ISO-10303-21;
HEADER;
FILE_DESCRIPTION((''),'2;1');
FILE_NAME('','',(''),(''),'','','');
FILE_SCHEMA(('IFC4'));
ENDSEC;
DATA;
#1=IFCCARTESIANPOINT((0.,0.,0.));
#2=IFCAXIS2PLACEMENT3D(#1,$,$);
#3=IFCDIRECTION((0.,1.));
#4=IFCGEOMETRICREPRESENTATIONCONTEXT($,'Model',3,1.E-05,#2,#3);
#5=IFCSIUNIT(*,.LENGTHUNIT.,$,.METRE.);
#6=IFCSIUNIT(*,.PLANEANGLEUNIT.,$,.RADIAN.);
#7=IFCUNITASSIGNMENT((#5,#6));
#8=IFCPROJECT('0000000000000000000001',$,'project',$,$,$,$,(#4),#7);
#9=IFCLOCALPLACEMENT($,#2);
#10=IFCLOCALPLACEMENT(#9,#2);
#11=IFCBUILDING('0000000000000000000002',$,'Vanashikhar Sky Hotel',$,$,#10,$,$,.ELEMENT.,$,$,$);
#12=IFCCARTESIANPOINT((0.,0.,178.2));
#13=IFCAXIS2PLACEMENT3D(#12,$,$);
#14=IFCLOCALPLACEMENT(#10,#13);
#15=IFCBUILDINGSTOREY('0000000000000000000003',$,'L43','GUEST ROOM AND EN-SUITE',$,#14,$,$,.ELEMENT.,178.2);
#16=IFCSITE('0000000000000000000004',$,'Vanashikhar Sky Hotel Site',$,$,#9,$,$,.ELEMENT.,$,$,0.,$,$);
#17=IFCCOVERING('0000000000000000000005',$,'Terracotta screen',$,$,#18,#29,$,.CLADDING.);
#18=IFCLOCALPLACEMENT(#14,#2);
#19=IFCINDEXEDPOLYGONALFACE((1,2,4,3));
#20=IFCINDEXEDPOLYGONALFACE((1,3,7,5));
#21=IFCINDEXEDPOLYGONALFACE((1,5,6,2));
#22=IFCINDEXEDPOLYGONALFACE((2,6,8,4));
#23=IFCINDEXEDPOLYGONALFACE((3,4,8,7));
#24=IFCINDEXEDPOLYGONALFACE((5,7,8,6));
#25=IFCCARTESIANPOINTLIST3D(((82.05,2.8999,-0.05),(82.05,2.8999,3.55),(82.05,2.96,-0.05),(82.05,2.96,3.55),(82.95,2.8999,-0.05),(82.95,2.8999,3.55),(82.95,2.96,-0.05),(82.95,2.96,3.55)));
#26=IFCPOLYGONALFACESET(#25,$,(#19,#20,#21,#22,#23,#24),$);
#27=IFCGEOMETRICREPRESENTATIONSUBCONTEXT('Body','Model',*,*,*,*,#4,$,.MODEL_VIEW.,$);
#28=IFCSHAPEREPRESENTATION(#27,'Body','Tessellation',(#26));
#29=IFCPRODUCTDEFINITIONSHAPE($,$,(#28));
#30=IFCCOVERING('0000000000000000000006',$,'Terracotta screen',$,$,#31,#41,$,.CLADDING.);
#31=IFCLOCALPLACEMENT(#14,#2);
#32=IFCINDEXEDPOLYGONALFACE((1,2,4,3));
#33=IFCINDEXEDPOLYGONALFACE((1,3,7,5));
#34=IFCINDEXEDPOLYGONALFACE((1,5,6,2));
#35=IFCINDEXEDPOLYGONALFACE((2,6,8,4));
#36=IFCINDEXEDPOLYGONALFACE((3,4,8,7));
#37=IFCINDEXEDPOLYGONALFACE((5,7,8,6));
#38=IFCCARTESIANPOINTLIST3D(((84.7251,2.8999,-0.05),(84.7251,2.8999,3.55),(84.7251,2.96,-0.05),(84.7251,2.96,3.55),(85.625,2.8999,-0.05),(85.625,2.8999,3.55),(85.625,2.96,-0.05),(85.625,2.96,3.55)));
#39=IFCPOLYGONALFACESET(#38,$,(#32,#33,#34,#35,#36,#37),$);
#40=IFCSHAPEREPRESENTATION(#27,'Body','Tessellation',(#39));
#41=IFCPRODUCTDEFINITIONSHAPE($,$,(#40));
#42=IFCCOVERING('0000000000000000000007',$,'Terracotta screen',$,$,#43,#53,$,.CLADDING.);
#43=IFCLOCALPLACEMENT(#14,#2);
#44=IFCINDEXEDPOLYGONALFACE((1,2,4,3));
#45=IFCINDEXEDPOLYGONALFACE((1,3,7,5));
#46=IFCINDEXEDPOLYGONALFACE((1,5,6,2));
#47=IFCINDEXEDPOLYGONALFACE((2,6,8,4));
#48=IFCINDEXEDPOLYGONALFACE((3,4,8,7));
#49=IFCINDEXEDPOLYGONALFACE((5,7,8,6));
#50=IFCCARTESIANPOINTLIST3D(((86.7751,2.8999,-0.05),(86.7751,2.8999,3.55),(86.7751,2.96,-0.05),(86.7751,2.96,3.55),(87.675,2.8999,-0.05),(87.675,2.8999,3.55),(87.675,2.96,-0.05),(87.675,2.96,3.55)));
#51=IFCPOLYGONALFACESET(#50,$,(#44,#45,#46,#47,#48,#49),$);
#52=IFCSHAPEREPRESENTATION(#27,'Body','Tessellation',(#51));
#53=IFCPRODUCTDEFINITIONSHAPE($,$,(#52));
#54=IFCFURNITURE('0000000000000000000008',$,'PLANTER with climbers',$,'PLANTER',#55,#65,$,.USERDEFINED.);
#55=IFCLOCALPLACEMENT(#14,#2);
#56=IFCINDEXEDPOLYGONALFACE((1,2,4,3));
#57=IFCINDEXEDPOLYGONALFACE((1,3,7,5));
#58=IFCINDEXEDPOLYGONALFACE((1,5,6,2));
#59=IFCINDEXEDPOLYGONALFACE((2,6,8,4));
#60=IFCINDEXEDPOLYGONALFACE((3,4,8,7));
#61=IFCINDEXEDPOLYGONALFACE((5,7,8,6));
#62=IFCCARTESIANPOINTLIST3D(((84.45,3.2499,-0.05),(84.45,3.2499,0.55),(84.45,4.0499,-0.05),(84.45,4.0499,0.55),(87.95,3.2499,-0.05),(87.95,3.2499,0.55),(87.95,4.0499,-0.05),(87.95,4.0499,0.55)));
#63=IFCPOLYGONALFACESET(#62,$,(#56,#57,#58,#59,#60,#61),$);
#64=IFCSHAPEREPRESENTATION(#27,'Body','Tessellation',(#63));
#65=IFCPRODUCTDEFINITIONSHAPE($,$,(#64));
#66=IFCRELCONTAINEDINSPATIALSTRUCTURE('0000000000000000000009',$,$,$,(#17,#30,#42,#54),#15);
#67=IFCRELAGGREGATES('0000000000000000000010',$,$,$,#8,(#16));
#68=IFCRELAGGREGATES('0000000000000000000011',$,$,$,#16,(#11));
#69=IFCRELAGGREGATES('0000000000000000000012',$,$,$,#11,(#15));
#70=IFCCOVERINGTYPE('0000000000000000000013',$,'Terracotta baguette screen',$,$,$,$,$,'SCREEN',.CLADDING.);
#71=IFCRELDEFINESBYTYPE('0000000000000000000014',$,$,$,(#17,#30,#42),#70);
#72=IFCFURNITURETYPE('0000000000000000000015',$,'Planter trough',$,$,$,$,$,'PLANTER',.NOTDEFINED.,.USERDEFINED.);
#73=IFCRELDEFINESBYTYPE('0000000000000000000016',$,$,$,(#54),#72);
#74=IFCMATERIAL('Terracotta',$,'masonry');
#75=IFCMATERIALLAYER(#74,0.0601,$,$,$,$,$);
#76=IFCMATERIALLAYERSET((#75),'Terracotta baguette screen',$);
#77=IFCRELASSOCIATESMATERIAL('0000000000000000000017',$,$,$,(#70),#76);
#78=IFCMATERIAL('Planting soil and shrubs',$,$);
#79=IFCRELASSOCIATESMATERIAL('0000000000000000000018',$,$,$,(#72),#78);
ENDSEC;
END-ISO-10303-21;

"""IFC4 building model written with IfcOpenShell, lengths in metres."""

from ifc_helpers import new_model, si_unit, direction, frame, origin, origin_2d, place, context, subcontext, project, spatial, rectangle, extrude, source, transform, mapped, material, layer, layer_set, type_object, element, save


model = new_model("IFC4")

# Units and contexts
model_context = context("Model", 3, precision=1e-05, world=origin(), true_north=direction((0.0, 1.0)))
body_context = subcontext(model_context, "Body", "Model", "MODEL_VIEW")
ifc_project = project(units=[si_unit("LENGTHUNIT", "METRE"), si_unit("PLANEANGLEUNIT", "RADIAN")], contexts=[model_context])

# Site, building, storey
site_placement = place(None, origin())
site = spatial("IfcSite", under=ifc_project, at=site_placement, Name="Vanashikhar Sky Hotel Site", CompositionType="ELEMENT", RefElevation=0.0)
building_placement = place(site_placement, origin())
building = spatial("IfcBuilding", under=site, at=building_placement, Name="Vanashikhar Sky Hotel", CompositionType="ELEMENT")
storey_placement = place(building_placement, frame((0.0, 0.0, 178.2)))
storey = spatial("IfcBuildingStorey", under=building, at=storey_placement, Name="L43", Description="GUEST ROOM AND EN-SUITE", CompositionType="ELEMENT", Elevation=178.2)

# Coverings
ifc_material_1 = material(Name="Terracotta", Category="masonry")
ifc_layer_1 = layer(ifc_material_1, 0.0601)
ifc_layer_set_1 = layer_set([ifc_layer_1], Name="Terracotta baguette screen")
covering_type = type_object("IfcCoveringType", Name="Terracotta baguette screen", ElementType="SCREEN", PredefinedType="CLADDING", material=ifc_layer_set_1)
shared_shape_1 = source(origin(), body_context, "Body", "SweptSolid", [
    extrude(rectangle(XDim=0.8999, YDim=0.0601, at=origin_2d()), origin(), (0.0, 0.0, 1.0), 3.6001),
])
for number, where, z_axis, x_axis, name in (
    (1, (82.5, 2.9299, -0.05), (0.0, 0.0, 1.0), (1.0, 0.0, 0.0), "Terracotta screen"),
    (2, (85.175, 2.9299, -0.05), (0.0, 0.0, 1.0), (1.0, 0.0, 0.0), "Terracotta screen"),
    (3, (87.2251, 2.9299, -0.05), (0.0, 0.0, 1.0), (1.0, 0.0, 0.0), "Terracotta screen"),
):
    element("IfcCovering", number, at=place(storey_placement, frame(where, z_axis=z_axis, x_axis=x_axis)), inside=storey, type_object=covering_type, Name=name, PredefinedType="CLADDING", context=body_context, shape_type="MappedRepresentation", body=[
        mapped(shared_shape_1, transform((0.0, 0.0, 0.0), scale=1.0)),
    ])

# Furniture
ifc_material_2 = material(Name="Planting soil and shrubs")
furniture_type = type_object("IfcFurnitureType", Name="Planter trough", ElementType="PLANTER", AssemblyPlace="NOTDEFINED", PredefinedType="USERDEFINED", material=ifc_material_2)
shared_shape_2 = source(origin(), body_context, "Body", "SweptSolid", [
    extrude(rectangle(XDim=3.5, YDim=0.8, at=origin_2d()), origin(), (0.0, 0.0, 1.0), 0.6001),
])
furniture_placement = place(storey_placement, frame((86.2, 3.6499, -0.05), z_axis=(0.0, 0.0, 1.0), x_axis=(1.0, 0.0, 0.0)))
element("IfcFurniture", 4, at=furniture_placement, inside=storey, type_object=furniture_type, Name="PLANTER with climbers", ObjectType="PLANTER", PredefinedType="USERDEFINED", context=body_context, shape_type="MappedRepresentation", body=[
    mapped(shared_shape_2, transform((0.0, 0.0, 0.0), scale=1.0)),
])

save(model, "model.ifc")
